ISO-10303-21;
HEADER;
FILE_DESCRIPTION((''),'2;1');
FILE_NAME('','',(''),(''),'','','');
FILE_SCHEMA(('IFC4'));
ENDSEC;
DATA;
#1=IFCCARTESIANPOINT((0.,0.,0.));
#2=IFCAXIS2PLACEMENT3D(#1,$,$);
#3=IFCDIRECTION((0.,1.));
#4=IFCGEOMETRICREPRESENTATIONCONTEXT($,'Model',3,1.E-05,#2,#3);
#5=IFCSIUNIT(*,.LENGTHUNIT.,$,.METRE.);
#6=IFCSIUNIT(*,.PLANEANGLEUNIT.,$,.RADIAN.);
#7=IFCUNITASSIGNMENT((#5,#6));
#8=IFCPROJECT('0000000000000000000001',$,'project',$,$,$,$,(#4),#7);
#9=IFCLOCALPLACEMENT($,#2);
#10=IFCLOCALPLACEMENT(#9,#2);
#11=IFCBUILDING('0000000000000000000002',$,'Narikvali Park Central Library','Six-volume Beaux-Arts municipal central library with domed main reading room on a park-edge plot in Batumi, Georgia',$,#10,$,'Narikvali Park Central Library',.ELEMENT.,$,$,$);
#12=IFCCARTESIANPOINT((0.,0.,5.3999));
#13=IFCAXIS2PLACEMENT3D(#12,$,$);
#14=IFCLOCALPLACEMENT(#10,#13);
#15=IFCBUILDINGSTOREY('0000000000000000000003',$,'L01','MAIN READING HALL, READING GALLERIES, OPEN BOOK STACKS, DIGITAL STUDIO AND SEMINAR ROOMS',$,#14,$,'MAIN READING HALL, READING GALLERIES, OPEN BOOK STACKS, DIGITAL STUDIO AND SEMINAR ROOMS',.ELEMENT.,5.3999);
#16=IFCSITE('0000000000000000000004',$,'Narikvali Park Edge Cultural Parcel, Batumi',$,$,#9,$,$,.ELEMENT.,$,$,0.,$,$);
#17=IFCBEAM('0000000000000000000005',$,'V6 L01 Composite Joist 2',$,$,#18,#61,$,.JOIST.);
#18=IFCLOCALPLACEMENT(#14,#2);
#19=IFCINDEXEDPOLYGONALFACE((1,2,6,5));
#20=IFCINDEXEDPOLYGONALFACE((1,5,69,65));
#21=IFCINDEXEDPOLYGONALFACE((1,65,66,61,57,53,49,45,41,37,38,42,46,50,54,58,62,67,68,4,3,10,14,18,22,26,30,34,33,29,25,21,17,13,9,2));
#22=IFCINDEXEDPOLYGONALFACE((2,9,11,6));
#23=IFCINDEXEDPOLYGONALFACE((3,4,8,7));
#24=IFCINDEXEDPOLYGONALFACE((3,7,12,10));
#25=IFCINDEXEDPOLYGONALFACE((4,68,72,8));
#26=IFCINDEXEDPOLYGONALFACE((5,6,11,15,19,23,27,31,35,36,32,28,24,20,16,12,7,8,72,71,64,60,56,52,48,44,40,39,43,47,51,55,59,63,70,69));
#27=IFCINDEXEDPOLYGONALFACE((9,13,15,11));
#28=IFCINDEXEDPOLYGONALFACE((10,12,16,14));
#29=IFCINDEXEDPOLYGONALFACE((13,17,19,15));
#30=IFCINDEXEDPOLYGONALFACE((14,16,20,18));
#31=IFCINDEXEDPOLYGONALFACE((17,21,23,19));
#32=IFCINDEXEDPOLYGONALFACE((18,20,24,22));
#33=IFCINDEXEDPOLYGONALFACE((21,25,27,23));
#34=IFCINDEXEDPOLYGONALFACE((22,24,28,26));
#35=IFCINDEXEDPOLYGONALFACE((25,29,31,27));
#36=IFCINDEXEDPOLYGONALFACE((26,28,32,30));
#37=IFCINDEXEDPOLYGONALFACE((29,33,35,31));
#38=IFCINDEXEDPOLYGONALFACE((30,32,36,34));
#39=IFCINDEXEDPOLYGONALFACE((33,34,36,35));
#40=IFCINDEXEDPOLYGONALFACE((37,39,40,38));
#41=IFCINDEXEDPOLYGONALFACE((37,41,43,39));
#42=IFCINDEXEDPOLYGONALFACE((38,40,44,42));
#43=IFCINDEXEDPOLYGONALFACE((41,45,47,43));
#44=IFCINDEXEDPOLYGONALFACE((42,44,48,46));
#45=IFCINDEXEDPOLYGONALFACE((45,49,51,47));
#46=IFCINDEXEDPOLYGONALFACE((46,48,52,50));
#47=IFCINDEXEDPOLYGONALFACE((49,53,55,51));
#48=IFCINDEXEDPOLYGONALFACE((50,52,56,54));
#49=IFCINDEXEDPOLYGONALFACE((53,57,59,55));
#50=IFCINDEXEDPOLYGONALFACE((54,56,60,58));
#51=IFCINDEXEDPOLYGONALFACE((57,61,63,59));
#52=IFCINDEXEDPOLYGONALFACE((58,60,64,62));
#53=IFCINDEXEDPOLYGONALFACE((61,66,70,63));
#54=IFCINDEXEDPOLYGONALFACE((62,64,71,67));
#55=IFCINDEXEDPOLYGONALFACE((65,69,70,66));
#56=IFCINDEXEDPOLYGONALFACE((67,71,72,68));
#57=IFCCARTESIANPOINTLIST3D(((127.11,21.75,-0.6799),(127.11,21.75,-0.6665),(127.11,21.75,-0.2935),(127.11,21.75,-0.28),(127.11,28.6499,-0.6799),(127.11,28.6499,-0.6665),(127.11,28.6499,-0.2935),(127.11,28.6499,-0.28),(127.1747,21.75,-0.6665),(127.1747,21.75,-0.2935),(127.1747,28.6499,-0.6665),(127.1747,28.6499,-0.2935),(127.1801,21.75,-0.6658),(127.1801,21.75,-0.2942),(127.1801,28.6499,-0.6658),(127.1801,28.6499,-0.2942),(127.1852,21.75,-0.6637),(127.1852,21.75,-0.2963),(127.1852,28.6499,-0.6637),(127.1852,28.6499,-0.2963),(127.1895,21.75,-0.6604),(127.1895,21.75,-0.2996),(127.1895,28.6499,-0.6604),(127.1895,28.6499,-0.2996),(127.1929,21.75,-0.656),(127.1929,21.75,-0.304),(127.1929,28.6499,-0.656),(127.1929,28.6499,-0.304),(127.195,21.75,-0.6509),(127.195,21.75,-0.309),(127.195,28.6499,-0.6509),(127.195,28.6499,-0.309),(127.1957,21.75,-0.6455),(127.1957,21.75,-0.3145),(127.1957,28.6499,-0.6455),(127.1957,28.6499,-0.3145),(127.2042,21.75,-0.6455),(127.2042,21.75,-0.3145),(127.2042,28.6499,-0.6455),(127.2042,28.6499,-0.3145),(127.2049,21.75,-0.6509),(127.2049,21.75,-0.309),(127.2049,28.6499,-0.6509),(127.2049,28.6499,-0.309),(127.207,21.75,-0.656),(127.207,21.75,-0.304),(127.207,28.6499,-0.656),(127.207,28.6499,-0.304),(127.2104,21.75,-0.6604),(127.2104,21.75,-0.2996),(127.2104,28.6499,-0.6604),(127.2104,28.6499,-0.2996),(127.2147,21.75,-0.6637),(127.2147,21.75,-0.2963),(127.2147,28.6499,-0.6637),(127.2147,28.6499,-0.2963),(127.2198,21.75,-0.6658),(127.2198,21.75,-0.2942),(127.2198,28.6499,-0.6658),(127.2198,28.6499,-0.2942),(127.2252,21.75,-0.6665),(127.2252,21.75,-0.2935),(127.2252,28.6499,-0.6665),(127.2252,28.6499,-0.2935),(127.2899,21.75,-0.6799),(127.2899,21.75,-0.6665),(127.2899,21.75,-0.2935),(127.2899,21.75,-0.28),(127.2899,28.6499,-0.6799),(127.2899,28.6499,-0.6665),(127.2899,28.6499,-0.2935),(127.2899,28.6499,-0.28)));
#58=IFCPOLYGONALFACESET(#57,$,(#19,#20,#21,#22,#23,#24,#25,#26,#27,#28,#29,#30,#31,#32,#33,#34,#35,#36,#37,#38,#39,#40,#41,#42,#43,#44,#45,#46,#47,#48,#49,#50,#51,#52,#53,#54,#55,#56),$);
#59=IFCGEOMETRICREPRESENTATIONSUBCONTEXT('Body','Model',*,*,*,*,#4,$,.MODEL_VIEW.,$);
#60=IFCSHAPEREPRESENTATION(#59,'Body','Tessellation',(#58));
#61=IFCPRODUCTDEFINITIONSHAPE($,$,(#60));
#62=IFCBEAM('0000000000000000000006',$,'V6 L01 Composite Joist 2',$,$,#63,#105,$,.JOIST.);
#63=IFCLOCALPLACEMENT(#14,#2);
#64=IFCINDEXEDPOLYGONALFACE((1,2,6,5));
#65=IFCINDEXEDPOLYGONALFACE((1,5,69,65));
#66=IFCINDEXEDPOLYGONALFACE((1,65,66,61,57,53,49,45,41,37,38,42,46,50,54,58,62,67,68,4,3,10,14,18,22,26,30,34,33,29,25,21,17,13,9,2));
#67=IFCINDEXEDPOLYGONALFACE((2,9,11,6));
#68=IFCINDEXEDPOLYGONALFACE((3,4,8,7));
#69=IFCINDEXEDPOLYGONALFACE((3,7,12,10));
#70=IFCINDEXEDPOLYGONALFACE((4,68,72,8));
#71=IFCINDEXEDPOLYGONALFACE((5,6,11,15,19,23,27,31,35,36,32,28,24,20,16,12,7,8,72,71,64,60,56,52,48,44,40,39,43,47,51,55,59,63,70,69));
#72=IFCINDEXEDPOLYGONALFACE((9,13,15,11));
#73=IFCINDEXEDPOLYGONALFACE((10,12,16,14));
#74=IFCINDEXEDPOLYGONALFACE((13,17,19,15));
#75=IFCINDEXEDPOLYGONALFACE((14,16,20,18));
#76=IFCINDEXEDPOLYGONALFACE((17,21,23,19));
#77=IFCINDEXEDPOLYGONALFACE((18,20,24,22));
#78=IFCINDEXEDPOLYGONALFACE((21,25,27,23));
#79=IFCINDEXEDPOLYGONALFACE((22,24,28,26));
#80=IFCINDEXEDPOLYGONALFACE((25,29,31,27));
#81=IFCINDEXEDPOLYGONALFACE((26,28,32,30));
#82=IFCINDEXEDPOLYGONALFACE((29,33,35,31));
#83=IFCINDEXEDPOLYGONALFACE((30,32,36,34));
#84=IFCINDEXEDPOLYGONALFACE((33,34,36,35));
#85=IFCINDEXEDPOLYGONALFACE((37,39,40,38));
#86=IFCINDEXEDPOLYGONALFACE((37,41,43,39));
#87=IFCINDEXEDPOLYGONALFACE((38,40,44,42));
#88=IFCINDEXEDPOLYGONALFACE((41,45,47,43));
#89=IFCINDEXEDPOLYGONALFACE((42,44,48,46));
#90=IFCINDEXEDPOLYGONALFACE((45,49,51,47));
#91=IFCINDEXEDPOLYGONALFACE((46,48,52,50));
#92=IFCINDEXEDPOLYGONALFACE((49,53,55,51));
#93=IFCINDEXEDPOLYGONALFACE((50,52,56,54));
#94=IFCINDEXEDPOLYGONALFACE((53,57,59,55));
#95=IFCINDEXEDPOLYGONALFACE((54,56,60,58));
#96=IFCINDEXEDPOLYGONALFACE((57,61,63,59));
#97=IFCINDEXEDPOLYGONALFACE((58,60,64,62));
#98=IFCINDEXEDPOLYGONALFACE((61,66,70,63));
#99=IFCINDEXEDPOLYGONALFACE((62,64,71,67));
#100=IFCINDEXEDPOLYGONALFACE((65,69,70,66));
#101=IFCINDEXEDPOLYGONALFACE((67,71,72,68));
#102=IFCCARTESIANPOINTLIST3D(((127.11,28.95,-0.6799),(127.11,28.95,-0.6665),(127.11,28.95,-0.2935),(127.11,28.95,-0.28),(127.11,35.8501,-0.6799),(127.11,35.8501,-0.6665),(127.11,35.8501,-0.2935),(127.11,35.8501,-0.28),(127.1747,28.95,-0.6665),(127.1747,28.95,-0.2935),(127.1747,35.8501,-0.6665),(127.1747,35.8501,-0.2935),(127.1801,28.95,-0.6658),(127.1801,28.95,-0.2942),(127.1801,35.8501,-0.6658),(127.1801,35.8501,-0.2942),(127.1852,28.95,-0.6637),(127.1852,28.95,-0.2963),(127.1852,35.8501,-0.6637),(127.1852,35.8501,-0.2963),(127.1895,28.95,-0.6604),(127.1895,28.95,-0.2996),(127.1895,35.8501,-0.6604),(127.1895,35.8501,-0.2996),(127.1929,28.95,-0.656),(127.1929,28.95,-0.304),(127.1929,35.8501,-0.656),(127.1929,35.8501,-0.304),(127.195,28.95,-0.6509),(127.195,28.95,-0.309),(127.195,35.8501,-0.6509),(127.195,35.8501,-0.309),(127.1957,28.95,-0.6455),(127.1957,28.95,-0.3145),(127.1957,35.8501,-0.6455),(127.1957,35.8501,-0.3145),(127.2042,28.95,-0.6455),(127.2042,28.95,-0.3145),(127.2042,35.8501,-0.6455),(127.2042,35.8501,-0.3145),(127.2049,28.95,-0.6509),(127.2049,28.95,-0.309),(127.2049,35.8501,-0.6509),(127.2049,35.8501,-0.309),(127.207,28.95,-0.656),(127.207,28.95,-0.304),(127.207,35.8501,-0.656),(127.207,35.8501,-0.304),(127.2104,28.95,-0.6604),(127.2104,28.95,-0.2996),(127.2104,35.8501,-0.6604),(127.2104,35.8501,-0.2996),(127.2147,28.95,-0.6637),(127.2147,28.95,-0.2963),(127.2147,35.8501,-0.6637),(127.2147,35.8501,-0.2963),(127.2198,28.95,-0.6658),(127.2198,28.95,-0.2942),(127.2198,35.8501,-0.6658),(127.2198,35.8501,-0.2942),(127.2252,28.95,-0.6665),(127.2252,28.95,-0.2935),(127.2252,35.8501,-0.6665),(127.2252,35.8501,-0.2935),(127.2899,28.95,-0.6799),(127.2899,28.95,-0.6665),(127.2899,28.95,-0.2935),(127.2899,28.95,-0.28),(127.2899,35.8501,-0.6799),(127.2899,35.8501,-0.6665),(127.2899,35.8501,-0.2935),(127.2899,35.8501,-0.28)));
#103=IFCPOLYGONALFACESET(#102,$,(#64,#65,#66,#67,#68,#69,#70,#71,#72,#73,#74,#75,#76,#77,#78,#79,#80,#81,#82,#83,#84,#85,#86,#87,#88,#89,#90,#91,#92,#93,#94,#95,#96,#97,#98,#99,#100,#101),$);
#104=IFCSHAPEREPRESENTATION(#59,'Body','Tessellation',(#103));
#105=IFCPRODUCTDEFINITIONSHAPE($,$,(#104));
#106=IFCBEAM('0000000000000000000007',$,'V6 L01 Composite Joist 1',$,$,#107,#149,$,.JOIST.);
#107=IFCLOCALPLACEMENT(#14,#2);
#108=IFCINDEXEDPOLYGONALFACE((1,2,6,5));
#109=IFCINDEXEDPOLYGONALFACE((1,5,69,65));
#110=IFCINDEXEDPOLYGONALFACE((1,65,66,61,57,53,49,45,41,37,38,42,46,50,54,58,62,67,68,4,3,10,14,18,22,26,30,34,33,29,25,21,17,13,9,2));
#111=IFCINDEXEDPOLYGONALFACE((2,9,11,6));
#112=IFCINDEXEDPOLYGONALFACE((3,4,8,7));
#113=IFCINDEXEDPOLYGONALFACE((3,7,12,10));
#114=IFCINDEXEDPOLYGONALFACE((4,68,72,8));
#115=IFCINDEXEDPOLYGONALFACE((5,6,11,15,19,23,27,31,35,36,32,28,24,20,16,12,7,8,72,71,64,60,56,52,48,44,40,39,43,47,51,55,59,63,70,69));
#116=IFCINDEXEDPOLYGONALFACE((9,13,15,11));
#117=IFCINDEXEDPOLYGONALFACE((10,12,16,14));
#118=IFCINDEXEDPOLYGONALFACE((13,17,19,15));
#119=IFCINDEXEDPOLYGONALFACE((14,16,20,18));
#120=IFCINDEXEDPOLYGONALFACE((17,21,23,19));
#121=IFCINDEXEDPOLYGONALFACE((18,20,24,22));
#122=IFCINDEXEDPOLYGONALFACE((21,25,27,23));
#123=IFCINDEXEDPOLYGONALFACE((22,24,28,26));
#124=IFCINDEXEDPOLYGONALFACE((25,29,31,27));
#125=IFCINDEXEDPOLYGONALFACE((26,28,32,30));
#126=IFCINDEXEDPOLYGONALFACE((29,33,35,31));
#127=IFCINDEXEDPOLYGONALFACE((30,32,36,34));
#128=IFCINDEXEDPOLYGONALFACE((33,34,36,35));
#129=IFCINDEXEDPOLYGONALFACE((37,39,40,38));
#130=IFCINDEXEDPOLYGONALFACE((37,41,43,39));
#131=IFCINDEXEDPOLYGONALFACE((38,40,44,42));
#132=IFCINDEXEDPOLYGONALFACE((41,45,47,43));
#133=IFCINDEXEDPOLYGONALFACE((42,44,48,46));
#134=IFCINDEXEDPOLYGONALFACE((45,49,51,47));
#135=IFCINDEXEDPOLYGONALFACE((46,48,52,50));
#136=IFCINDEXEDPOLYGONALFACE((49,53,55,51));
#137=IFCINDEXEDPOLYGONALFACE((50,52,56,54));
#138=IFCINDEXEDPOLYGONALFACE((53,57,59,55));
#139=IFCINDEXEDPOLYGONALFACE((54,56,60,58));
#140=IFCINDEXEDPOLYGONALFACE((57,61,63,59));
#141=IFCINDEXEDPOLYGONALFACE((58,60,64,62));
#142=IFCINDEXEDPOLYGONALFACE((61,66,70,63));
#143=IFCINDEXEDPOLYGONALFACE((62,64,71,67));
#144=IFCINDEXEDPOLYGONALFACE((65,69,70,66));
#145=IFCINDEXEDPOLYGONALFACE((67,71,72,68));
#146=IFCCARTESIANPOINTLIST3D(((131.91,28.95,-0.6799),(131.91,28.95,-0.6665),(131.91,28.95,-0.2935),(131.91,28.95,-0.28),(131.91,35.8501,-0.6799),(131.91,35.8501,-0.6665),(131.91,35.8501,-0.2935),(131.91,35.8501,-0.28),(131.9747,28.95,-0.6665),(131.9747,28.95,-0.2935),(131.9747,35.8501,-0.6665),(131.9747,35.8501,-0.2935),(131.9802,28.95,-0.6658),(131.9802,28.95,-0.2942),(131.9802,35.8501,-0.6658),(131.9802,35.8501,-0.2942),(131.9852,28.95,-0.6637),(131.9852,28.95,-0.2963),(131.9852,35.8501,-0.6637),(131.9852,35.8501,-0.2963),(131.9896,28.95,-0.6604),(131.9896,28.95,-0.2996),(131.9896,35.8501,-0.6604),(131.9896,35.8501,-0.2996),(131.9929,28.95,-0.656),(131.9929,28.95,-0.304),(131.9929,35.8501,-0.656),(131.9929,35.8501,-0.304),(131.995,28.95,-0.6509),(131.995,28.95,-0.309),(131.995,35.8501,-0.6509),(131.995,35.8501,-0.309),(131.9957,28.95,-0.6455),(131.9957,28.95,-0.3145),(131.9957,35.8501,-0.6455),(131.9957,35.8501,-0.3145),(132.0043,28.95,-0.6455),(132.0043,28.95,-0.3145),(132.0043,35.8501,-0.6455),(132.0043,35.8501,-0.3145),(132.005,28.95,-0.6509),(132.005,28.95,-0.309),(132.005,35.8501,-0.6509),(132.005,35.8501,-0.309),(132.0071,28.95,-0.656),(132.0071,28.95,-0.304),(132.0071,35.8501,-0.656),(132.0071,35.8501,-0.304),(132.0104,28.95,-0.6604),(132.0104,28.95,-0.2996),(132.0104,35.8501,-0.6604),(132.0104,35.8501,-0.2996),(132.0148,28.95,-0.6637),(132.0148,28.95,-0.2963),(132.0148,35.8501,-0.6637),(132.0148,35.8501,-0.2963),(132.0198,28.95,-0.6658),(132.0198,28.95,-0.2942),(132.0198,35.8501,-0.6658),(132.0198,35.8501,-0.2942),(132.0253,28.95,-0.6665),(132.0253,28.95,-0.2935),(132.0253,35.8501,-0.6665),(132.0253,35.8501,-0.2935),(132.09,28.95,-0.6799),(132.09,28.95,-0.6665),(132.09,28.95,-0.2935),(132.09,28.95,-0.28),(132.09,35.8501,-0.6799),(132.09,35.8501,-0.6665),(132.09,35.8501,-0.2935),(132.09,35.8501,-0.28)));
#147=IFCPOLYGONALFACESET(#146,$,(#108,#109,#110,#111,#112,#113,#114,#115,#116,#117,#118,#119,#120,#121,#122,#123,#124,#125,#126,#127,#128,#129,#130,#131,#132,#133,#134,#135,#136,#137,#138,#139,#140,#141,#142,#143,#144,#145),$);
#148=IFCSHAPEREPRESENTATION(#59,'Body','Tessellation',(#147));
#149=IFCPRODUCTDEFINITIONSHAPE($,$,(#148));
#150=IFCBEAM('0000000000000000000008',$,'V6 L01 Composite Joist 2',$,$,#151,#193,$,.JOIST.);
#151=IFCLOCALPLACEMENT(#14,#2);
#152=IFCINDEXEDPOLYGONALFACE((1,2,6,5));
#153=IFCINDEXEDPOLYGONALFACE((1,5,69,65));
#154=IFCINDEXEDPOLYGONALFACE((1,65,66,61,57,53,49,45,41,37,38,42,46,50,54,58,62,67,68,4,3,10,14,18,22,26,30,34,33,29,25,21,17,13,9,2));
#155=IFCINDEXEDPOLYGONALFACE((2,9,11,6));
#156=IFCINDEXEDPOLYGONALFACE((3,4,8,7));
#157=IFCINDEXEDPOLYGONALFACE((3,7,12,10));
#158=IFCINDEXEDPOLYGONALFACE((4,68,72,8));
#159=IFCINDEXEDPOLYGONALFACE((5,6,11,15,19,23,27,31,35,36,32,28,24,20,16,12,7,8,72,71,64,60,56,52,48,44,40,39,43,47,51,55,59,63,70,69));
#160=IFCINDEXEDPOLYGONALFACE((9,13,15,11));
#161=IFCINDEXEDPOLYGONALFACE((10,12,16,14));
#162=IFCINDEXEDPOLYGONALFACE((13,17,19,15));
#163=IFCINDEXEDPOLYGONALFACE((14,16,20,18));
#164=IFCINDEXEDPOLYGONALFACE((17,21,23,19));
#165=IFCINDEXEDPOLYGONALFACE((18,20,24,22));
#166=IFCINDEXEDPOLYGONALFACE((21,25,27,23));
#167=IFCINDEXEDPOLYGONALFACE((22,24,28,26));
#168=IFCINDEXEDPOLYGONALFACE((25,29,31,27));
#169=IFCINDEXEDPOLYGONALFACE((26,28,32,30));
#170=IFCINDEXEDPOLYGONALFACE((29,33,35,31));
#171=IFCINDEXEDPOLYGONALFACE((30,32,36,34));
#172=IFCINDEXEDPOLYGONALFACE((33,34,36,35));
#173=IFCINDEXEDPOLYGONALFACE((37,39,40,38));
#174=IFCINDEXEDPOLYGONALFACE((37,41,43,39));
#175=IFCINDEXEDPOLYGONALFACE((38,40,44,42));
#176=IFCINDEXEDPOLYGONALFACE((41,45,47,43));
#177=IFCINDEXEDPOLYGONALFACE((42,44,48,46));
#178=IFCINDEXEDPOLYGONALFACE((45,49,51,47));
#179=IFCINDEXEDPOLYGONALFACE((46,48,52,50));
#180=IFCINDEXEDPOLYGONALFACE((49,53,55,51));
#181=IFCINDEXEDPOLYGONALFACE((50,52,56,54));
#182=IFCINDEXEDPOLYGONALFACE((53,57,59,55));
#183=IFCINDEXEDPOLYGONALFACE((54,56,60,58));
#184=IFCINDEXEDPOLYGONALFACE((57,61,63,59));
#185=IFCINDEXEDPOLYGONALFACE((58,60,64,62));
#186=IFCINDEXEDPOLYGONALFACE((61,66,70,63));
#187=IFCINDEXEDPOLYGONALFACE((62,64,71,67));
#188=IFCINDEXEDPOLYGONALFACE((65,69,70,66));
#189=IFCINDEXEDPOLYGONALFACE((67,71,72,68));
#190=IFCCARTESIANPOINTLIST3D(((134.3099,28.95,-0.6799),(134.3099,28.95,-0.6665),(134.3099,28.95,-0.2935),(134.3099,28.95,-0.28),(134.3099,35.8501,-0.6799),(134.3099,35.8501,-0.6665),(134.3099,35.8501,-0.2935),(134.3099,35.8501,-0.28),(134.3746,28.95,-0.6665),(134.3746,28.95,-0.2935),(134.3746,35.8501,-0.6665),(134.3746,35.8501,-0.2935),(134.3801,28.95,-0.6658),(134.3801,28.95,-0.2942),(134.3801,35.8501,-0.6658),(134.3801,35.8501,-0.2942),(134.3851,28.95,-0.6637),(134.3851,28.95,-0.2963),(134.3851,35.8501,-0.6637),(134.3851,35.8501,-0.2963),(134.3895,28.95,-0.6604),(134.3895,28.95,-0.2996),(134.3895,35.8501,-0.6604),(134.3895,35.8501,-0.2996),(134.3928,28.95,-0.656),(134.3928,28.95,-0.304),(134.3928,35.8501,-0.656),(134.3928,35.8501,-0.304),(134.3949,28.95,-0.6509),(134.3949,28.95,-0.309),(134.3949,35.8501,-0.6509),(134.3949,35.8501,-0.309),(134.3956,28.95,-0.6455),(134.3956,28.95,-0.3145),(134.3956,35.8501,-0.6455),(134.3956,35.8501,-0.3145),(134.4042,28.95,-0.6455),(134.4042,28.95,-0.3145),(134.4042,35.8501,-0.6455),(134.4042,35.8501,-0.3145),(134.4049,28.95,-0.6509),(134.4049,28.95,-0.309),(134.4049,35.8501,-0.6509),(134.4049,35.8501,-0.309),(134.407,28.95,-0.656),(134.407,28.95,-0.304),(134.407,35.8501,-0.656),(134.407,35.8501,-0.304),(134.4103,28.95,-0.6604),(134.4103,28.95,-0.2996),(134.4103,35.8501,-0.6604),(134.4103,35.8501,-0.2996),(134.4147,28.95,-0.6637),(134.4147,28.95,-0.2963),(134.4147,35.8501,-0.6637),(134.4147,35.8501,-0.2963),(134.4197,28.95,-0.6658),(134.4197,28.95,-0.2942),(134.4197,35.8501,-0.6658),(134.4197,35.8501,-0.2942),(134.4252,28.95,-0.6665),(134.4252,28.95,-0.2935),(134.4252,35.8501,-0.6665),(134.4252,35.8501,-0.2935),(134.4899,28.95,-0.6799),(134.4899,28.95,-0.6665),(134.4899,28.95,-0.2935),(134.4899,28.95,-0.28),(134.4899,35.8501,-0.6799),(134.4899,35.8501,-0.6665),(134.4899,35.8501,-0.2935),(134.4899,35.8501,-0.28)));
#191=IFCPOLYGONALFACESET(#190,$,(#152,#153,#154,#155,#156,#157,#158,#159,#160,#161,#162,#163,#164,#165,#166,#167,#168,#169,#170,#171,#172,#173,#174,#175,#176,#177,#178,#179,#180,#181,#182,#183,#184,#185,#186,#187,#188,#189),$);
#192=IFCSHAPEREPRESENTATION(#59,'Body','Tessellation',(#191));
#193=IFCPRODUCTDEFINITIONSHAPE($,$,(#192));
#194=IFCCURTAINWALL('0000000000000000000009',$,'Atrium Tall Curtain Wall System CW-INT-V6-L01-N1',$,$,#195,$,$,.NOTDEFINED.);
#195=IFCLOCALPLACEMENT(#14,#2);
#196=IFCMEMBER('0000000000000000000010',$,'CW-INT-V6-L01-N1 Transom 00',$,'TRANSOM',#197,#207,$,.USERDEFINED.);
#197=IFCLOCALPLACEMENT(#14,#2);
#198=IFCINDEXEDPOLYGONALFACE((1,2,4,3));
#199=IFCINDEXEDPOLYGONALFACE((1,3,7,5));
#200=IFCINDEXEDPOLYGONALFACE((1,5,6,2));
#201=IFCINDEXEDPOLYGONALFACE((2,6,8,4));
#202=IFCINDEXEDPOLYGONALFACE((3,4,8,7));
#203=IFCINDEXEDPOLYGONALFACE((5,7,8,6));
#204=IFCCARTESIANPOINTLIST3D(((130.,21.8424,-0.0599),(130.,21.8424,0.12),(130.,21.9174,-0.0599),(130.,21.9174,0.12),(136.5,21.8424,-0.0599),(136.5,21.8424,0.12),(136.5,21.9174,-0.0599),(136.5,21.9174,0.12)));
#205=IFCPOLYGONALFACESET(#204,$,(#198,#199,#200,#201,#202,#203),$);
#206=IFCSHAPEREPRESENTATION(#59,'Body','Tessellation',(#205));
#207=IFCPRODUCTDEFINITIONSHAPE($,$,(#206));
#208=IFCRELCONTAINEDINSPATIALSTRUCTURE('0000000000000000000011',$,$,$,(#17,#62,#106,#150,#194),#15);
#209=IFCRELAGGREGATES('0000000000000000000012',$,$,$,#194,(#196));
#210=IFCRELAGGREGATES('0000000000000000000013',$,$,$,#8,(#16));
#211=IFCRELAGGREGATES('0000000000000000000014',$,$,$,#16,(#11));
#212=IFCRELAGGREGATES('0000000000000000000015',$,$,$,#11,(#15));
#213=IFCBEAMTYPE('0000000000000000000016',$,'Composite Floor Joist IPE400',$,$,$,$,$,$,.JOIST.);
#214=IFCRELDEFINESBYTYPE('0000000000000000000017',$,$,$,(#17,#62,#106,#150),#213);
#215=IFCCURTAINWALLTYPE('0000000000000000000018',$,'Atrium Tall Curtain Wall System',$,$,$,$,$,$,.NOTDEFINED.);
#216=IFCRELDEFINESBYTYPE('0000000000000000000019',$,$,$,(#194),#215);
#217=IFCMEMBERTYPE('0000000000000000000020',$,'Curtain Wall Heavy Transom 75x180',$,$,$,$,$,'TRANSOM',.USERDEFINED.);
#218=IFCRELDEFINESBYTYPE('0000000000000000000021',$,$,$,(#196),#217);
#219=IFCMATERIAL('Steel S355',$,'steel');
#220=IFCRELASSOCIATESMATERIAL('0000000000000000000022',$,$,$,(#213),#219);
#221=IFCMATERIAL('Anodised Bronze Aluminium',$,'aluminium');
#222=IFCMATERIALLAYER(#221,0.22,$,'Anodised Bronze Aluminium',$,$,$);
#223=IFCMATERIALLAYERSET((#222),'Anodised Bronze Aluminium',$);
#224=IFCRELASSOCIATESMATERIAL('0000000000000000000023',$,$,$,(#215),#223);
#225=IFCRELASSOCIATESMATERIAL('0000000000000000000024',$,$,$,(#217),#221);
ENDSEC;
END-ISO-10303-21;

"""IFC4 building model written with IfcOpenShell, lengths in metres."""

from ifc_helpers import new_model, si_unit, direction, frame, origin, origin_2d, place, context, subcontext, project, spatial, rectangle, i_section, extrude, material, layer, layer_set, material_profile, profile_set, type_object, element, aggregate, save


model = new_model("IFC4")

# Units and contexts
model_context = context("Model", 3, precision=1e-05, world=origin(), true_north=direction((0.0, 1.0)))
body_context = subcontext(model_context, "Body", "Model", "MODEL_VIEW")
ifc_project = project(units=[si_unit("LENGTHUNIT", "METRE"), si_unit("PLANEANGLEUNIT", "RADIAN")], contexts=[model_context])

# Site, building, storey
site_placement = place(None, origin())
site = spatial("IfcSite", under=ifc_project, at=site_placement, Name="Narikvali Park Edge Cultural Parcel, Batumi", CompositionType="ELEMENT", RefElevation=0.0)
building_placement = place(site_placement, origin())
building = spatial("IfcBuilding", under=site, at=building_placement, Name="Narikvali Park Central Library", Description="Six-volume Beaux-Arts municipal central library with domed main reading room on a park-edge plot in Batumi, Georgia", LongName="Narikvali Park Central Library", CompositionType="ELEMENT")
storey_placement = place(building_placement, frame((0.0, 0.0, 5.3999)))
storey = spatial("IfcBuildingStorey", under=building, at=storey_placement, Name="L01", Description="MAIN READING HALL, READING GALLERIES, OPEN BOOK STACKS, DIGITAL STUDIO AND SEMINAR ROOMS", LongName="MAIN READING HALL, READING GALLERIES, OPEN BOOK STACKS, DIGITAL STUDIO AND SEMINAR ROOMS", CompositionType="ELEMENT", Elevation=5.3999)

# Shared definitions
ifc_material_1 = material(Name="Steel S355", Category="steel")

# Beams
ifc_material_profile_1 = material_profile(ifc_material_1, i_section(OverallWidth=0.1799, OverallDepth=0.3999, WebThickness=0.0085, FlangeThickness=0.0134, FilletRadius=0.021, at=origin_2d()), Name="IPE 400")
ifc_profile_set_1 = profile_set([ifc_material_profile_1], Name="Steel S355")
beam_type_1 = type_object("IfcBeamType", Name="Composite Floor Joist IPE400", PredefinedType="JOIST", material=ifc_profile_set_1)
beam_1_placement = place(storey_placement, frame((127.2, 21.75, -0.48), z_axis=(0.0, 1.0, 0.0), x_axis=(-1.0, 0.0, 0.0)))
element("IfcBeam", 1, at=beam_1_placement, inside=storey, type_object=beam_type_1, Name="V6 L01 Composite Joist 2", PredefinedType="JOIST", context=body_context, shape_type="SweptSolid", body=[
    extrude(i_section(OverallWidth=0.1799, OverallDepth=0.3999, WebThickness=0.0085, FlangeThickness=0.0134, FilletRadius=0.021, at=origin_2d()), origin(), (0.0, 0.0, 1.0), 6.8999),
])
for number, where, z_axis, x_axis, name in (
    (2, (127.2, 28.95, -0.48), (0.0, 1.0, 0.0), (-1.0, 0.0, 0.0), "V6 L01 Composite Joist 2"),
    (3, (132.0, 28.95, -0.48), (0.0, 1.0, 0.0), (-1.0, 0.0, 0.0), "V6 L01 Composite Joist 1"),
    (4, (134.3999, 28.95, -0.48), (0.0, 1.0, 0.0), (-1.0, 0.0, 0.0), "V6 L01 Composite Joist 2"),
):
    element("IfcBeam", number, at=place(storey_placement, frame(where, z_axis=z_axis, x_axis=x_axis)), inside=storey, type_object=beam_type_1, Name=name, PredefinedType="JOIST", context=body_context, shape_type="SweptSolid", body=[
        extrude(i_section(OverallWidth=0.1799, OverallDepth=0.3999, WebThickness=0.0085, FlangeThickness=0.0134, FilletRadius=0.021, at=origin_2d()), origin(), (0.0, 0.0, 1.0), 6.9001),
    ])

# Curtain wall, member
ifc_material_2 = material(Name="Anodised Bronze Aluminium", Category="aluminium")
ifc_layer_1 = layer(ifc_material_2, 0.22, Name="Anodised Bronze Aluminium")
ifc_layer_set_1 = layer_set([ifc_layer_1], Name="Anodised Bronze Aluminium")
curtain_wall_type = type_object("IfcCurtainWallType", Name="Atrium Tall Curtain Wall System", PredefinedType="NOTDEFINED", material=ifc_layer_set_1)
curtain_wall_placement = place(storey_placement, origin())
curtain_wall = element("IfcCurtainWall", 5, at=curtain_wall_placement, inside=storey, type_object=curtain_wall_type, Name="Atrium Tall Curtain Wall System CW-INT-V6-L01-N1", PredefinedType="NOTDEFINED")
ifc_material_profile_2 = material_profile(ifc_material_2, rectangle(XDim=0.075, YDim=0.1799, at=origin_2d()), Name="CW TRANSOM 75x180")
ifc_profile_set_2 = profile_set([ifc_material_profile_2], Name="Anodised Bronze Aluminium")
member_type_1 = type_object("IfcMemberType", Name="Curtain Wall Heavy Transom 75x180", ElementType="TRANSOM", PredefinedType="USERDEFINED", material=ifc_profile_set_2)
member_1_placement = place(storey_placement, frame((130.0, 21.8799, 0.03), z_axis=(1.0, 0.0, 0.0), x_axis=(0.0, 1.0, 0.0)))
member_1 = element("IfcMember", 6, at=member_1_placement, type_object=member_type_1, Name="CW-INT-V6-L01-N1 Transom 00", ObjectType="TRANSOM", PredefinedType="USERDEFINED", context=body_context, shape_type="SweptSolid", body=[
    extrude(rectangle(XDim=0.075, YDim=0.1799, at=origin_2d()), origin(), (0.0, 0.0, 1.0), 6.5),
])

aggregate(curtain_wall, [member_1])

save(model, "model.ifc")
